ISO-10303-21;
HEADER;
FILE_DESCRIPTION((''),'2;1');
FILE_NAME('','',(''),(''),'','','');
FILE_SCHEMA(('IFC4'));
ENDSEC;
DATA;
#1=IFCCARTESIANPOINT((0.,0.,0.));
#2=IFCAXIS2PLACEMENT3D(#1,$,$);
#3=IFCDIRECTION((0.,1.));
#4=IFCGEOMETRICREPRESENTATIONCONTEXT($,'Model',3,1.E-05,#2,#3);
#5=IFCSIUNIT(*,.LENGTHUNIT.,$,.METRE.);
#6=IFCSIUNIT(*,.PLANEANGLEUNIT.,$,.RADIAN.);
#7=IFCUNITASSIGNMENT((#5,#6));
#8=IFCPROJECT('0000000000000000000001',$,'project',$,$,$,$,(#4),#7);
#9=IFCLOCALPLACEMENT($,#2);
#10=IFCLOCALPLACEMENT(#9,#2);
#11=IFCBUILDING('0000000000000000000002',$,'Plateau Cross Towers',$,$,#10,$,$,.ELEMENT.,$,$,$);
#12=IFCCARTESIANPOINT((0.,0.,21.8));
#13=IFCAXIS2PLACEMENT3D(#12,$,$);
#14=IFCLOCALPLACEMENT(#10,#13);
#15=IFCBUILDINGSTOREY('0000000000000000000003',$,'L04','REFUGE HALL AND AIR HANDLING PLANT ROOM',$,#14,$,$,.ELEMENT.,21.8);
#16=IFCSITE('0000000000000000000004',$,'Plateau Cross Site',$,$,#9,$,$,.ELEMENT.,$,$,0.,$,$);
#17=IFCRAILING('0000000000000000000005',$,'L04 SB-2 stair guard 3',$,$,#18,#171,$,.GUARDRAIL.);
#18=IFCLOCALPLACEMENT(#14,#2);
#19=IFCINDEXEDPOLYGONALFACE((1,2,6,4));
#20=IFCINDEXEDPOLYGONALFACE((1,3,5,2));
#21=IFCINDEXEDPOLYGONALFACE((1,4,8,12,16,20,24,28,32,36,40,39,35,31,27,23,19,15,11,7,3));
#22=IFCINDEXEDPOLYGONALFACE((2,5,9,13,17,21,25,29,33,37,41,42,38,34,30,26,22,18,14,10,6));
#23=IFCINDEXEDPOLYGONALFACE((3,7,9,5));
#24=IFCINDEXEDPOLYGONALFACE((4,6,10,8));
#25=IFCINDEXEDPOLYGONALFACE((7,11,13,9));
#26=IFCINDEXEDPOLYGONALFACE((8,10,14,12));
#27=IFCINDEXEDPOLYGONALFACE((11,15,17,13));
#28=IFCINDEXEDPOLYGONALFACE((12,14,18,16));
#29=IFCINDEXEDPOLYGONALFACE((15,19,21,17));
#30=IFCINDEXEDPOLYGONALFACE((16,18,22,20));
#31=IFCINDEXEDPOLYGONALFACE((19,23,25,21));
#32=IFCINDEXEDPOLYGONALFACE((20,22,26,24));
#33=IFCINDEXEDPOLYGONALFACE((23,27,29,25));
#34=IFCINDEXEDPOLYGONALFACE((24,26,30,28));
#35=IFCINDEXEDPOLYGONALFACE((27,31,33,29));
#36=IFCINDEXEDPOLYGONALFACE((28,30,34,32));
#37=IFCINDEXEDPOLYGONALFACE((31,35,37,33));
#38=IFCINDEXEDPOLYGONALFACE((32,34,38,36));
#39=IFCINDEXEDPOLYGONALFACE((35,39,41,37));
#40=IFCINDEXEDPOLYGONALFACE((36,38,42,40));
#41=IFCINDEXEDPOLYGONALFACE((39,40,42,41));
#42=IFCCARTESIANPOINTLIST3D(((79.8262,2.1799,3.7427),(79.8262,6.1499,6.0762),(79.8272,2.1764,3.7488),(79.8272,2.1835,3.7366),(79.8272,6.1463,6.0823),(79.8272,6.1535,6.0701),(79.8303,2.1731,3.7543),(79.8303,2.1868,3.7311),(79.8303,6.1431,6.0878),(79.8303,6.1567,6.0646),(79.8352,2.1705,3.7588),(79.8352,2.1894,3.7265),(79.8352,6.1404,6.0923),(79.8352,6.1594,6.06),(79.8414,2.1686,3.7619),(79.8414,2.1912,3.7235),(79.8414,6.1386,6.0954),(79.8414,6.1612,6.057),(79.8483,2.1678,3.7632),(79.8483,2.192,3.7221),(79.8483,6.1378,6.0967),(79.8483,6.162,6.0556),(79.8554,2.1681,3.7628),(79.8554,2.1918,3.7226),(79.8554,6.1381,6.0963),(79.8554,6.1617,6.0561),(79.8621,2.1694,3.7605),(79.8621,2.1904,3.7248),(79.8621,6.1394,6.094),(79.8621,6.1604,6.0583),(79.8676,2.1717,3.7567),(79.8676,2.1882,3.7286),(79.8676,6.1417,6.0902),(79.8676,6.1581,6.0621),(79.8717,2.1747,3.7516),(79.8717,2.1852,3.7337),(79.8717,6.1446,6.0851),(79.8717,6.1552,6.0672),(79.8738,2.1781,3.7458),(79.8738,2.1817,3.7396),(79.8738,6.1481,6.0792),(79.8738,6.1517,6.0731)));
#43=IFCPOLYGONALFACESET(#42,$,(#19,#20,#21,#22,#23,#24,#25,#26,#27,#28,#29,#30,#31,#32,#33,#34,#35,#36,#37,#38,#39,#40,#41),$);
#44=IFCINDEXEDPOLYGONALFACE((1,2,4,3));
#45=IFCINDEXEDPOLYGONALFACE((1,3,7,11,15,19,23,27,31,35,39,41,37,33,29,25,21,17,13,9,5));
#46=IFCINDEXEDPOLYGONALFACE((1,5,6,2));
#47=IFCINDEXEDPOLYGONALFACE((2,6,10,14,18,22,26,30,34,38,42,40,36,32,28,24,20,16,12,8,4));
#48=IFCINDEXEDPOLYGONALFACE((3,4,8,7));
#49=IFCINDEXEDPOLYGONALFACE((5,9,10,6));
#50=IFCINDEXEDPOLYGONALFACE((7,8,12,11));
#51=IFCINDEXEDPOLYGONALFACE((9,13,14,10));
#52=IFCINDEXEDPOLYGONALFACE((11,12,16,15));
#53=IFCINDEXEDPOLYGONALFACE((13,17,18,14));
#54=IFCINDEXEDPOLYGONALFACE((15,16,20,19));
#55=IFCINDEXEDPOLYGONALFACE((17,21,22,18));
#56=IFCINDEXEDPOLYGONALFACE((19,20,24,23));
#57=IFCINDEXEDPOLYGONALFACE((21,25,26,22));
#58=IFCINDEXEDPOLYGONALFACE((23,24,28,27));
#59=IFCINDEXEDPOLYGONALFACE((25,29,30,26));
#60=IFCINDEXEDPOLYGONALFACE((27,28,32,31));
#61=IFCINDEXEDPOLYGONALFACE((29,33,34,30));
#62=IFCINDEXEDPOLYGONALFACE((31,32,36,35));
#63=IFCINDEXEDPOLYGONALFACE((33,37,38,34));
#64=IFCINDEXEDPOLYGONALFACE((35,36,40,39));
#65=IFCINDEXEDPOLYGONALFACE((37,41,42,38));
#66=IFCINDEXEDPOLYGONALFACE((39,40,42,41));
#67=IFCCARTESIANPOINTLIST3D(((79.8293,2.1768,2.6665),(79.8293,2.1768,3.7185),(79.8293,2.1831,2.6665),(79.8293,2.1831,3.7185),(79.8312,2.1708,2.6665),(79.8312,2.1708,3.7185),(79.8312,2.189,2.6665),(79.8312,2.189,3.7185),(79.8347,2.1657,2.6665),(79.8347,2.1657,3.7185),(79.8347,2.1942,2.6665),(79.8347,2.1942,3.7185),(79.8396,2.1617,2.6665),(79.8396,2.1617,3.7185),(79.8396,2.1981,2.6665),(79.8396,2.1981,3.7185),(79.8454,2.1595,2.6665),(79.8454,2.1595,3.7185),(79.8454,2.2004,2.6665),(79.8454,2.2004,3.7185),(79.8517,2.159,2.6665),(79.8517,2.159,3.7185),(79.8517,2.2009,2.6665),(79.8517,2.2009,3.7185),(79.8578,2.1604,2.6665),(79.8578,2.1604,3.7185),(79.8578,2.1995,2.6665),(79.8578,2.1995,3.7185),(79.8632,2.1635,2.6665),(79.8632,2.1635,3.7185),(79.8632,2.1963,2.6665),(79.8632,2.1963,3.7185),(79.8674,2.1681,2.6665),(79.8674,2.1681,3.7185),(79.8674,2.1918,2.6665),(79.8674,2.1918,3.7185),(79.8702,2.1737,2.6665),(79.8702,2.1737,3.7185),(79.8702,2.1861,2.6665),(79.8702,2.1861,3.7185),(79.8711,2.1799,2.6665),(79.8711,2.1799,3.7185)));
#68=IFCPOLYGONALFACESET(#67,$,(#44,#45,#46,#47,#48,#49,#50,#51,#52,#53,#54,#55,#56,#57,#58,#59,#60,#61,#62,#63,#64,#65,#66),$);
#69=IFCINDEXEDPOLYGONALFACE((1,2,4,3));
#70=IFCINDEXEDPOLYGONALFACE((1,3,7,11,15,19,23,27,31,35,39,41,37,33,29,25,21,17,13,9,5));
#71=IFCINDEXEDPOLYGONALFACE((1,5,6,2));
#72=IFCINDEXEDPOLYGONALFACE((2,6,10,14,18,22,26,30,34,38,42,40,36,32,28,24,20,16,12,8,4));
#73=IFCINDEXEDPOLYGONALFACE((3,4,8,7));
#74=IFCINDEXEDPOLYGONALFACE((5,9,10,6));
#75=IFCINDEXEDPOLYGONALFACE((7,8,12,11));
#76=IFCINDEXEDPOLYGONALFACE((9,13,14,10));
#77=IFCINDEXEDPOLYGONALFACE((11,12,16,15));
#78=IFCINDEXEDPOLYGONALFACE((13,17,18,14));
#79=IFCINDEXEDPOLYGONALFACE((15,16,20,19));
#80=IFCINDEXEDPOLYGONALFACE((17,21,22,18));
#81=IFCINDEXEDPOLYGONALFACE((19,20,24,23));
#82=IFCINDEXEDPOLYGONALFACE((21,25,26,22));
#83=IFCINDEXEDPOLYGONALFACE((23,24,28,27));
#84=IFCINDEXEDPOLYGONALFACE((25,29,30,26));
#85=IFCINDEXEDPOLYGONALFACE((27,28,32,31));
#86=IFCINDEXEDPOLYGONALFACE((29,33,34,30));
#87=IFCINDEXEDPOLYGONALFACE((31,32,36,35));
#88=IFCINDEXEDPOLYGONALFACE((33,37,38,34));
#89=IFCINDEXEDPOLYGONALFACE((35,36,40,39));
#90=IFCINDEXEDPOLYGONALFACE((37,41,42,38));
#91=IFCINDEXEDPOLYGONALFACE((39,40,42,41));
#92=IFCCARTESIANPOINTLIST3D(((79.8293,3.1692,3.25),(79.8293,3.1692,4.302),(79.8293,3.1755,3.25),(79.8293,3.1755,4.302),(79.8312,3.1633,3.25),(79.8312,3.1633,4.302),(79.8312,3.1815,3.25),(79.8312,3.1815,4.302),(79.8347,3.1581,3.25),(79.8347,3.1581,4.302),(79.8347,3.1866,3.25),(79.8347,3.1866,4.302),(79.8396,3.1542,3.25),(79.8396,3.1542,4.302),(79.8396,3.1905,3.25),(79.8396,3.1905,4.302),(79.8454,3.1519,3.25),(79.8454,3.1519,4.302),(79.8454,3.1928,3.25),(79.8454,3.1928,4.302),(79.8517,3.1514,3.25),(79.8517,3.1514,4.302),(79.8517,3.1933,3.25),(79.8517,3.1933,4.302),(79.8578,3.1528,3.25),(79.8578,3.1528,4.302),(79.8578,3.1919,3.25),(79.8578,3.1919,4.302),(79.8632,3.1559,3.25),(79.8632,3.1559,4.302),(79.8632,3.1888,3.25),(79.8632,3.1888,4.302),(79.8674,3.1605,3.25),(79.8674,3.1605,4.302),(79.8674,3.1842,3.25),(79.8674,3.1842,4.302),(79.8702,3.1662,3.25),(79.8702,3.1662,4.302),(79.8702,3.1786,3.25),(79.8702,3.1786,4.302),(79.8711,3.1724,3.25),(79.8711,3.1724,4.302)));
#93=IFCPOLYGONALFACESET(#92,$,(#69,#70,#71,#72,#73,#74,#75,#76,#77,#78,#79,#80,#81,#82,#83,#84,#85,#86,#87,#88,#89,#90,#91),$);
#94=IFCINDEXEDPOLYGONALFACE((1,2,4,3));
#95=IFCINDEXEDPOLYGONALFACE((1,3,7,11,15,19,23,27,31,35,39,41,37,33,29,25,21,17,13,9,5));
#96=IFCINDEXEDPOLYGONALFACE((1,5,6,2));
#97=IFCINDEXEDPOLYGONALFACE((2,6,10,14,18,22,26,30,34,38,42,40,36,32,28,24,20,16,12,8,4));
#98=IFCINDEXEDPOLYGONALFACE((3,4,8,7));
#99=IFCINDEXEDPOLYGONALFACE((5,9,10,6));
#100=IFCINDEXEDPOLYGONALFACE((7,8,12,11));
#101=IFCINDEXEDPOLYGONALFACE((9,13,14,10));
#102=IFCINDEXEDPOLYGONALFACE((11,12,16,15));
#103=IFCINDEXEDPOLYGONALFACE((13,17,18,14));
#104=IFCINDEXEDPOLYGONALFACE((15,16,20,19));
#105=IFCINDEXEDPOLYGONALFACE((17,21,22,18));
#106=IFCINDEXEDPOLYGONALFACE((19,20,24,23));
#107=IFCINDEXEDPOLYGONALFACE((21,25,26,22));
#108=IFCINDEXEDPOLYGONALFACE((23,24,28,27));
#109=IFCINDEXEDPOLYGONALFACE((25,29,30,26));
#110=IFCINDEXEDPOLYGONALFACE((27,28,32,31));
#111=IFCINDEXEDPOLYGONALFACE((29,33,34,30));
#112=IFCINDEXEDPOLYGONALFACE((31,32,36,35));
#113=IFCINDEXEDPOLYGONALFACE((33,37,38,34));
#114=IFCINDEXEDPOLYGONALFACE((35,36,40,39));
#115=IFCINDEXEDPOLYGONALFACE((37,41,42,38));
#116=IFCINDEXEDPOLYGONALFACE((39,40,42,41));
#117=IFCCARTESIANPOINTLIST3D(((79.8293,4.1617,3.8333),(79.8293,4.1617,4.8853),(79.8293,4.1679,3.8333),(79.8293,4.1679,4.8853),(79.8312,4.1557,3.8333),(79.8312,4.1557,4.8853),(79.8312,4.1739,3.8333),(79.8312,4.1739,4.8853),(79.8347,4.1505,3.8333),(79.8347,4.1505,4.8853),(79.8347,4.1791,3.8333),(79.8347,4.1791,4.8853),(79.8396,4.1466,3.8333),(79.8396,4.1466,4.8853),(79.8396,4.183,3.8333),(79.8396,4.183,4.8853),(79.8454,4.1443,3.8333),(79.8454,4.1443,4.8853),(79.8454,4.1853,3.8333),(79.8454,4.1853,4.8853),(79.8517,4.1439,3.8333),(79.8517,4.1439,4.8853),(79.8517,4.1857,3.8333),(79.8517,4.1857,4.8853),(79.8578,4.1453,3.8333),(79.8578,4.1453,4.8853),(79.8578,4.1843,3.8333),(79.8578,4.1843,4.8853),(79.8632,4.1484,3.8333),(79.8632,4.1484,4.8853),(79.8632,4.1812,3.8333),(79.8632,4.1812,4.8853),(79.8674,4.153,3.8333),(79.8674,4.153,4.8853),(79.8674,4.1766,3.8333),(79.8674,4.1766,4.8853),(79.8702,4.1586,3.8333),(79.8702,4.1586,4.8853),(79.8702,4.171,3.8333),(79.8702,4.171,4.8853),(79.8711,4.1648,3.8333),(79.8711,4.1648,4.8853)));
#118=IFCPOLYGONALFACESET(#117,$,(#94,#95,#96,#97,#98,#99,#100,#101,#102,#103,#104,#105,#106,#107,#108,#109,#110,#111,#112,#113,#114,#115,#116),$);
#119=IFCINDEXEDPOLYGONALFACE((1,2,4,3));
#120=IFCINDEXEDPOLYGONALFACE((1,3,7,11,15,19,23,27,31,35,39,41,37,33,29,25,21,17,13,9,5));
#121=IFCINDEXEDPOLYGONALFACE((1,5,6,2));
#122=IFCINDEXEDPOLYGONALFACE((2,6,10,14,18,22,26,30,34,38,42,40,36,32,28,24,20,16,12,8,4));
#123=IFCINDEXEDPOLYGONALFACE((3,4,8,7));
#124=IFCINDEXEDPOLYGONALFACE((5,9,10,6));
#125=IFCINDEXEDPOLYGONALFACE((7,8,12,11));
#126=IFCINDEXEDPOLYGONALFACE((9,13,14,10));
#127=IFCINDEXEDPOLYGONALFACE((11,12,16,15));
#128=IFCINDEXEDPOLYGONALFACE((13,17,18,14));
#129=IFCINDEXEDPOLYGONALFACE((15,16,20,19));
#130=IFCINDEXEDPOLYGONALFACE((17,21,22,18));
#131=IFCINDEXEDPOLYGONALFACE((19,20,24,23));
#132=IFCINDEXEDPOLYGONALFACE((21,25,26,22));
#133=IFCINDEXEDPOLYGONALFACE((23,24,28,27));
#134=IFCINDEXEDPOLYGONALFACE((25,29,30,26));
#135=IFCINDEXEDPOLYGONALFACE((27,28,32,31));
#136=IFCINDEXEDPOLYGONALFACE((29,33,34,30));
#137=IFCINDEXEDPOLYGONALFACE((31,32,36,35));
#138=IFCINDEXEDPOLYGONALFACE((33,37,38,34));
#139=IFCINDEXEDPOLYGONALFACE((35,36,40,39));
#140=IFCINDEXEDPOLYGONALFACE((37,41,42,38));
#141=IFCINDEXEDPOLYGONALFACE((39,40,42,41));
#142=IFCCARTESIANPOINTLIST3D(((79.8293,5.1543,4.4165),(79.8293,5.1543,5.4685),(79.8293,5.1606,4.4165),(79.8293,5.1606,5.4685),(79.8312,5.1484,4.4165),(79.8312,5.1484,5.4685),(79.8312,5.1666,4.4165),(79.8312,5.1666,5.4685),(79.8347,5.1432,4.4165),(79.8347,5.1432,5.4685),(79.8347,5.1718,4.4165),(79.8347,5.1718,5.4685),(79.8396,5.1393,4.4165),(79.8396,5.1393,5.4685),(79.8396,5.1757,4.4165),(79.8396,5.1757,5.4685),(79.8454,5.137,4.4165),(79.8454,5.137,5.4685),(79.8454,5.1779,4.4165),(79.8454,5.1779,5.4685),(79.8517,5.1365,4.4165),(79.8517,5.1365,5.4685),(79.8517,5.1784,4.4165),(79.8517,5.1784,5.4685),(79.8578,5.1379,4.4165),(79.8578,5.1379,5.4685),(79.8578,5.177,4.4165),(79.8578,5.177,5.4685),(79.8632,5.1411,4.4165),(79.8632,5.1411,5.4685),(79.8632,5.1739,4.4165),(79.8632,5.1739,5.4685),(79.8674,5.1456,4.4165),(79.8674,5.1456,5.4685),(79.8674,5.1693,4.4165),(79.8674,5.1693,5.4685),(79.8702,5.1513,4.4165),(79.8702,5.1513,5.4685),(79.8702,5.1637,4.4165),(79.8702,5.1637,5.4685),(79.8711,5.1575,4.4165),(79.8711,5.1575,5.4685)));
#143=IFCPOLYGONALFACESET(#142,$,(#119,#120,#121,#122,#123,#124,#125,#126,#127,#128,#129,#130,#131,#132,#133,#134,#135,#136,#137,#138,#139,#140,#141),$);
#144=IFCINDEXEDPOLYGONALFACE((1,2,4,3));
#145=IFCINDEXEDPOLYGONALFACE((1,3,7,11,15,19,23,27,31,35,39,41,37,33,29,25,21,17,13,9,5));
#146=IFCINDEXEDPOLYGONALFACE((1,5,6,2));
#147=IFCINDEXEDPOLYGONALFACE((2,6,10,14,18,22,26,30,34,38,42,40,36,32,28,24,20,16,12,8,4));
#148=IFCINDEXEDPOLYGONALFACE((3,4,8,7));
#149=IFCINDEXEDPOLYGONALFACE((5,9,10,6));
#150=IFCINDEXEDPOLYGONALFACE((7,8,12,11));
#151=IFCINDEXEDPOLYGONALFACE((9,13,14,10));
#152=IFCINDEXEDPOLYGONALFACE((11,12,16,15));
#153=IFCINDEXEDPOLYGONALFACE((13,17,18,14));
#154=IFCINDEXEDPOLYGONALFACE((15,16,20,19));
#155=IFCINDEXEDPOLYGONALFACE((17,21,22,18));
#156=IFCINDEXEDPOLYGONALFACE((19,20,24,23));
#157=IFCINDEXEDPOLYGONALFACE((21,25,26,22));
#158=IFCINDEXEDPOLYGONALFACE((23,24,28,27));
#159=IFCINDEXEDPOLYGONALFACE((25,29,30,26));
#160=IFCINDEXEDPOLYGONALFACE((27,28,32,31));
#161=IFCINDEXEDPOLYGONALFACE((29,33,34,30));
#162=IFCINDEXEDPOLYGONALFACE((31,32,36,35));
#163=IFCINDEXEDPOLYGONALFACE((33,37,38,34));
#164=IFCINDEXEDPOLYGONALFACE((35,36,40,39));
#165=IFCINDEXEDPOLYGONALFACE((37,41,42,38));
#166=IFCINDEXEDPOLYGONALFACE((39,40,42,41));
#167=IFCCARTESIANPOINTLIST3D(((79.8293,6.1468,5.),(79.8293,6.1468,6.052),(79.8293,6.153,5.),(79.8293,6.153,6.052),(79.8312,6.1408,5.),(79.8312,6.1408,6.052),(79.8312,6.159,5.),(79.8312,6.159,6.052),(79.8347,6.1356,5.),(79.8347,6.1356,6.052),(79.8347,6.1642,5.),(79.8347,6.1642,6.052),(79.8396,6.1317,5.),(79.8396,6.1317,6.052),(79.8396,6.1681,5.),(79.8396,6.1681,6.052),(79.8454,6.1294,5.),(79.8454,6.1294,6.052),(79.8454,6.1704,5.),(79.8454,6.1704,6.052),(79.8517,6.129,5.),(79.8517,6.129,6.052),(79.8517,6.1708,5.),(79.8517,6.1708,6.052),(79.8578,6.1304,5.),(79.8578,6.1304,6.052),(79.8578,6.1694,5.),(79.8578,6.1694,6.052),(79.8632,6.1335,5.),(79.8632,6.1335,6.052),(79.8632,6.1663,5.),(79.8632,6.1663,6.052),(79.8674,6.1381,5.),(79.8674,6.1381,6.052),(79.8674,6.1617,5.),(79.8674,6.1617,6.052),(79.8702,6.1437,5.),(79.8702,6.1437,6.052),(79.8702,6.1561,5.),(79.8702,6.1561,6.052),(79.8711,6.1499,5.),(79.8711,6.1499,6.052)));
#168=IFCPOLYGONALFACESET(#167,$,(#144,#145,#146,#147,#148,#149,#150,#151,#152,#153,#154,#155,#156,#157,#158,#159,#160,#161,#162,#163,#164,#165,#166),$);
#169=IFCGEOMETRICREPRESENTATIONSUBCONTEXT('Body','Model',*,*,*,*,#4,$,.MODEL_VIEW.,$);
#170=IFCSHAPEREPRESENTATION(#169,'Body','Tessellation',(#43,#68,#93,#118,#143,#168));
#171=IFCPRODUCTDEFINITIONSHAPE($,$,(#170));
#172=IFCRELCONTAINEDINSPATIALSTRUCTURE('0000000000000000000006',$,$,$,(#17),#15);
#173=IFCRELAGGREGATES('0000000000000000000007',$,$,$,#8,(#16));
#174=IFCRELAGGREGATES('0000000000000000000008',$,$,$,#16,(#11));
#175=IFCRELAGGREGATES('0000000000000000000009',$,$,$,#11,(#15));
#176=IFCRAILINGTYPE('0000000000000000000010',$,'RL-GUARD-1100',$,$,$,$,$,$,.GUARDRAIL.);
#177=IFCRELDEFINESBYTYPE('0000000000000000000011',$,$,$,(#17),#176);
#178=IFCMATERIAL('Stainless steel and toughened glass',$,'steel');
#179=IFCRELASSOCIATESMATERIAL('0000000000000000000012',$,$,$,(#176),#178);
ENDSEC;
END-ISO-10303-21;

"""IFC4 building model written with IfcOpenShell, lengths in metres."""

from ifc_helpers import new_model, si_unit, direction, frame, origin, origin_2d, place, context, subcontext, project, spatial, circle, extrude, material, type_object, element, save


model = new_model("IFC4")

# Units and contexts
model_context = context("Model", 3, precision=1e-05, world=origin(), true_north=direction((0.0, 1.0)))
body_context = subcontext(model_context, "Body", "Model", "MODEL_VIEW")
ifc_project = project(units=[si_unit("LENGTHUNIT", "METRE"), si_unit("PLANEANGLEUNIT", "RADIAN")], contexts=[model_context])

# Site, building, storey
site_placement = place(None, origin())
site = spatial("IfcSite", under=ifc_project, at=site_placement, Name="Plateau Cross Site", CompositionType="ELEMENT", RefElevation=0.0)
building_placement = place(site_placement, origin())
building = spatial("IfcBuilding", under=site, at=building_placement, Name="Plateau Cross Towers", CompositionType="ELEMENT")
storey_placement = place(building_placement, frame((0.0, 0.0, 21.8)))
storey = spatial("IfcBuildingStorey", under=building, at=storey_placement, Name="L04", Description="REFUGE HALL AND AIR HANDLING PLANT ROOM", CompositionType="ELEMENT", Elevation=21.8)

# Railing
ifc_material_1 = material(Name="Stainless steel and toughened glass", Category="steel")
railing_type_1 = type_object("IfcRailingType", Name="RL-GUARD-1100", PredefinedType="GUARDRAIL", material=ifc_material_1)
railing_1_placement = place(storey_placement, frame((79.8501, 2.1799, 2.6665)))
element("IfcRailing", 1, at=railing_1_placement, inside=storey, type_object=railing_type_1, Name="L04 SB-2 stair guard 3", PredefinedType="GUARDRAIL", context=body_context, shape_type="SweptSolid", body=[
    extrude(circle(Radius=0.0239, at=origin_2d()), frame((0.0, 0.0, 1.0762), z_axis=(0.0, 0.862103, 0.506733), x_axis=(-1.0, 0.0, 0.0)), (0.0, 0.0, 1.0), 4.605),
    extrude(circle(Radius=0.021, at=origin_2d()), origin(), (0.0, 0.0, 1.0), 1.052),
    extrude(circle(Radius=0.021, at=origin_2d()), frame((0.0, 0.9924, 0.5835)), (0.0, 0.0, 1.0), 1.052),
    extrude(circle(Radius=0.021, at=origin_2d()), frame((0.0, 1.9849, 1.1667)), (0.0, 0.0, 1.0), 1.052),
    extrude(circle(Radius=0.021, at=origin_2d()), frame((0.0, 2.9775, 1.75)), (0.0, 0.0, 1.0), 1.052),
    extrude(circle(Radius=0.021, at=origin_2d()), frame((0.0, 3.97, 2.3335)), (0.0, 0.0, 1.0), 1.052),
])

save(model, "model.ifc")
